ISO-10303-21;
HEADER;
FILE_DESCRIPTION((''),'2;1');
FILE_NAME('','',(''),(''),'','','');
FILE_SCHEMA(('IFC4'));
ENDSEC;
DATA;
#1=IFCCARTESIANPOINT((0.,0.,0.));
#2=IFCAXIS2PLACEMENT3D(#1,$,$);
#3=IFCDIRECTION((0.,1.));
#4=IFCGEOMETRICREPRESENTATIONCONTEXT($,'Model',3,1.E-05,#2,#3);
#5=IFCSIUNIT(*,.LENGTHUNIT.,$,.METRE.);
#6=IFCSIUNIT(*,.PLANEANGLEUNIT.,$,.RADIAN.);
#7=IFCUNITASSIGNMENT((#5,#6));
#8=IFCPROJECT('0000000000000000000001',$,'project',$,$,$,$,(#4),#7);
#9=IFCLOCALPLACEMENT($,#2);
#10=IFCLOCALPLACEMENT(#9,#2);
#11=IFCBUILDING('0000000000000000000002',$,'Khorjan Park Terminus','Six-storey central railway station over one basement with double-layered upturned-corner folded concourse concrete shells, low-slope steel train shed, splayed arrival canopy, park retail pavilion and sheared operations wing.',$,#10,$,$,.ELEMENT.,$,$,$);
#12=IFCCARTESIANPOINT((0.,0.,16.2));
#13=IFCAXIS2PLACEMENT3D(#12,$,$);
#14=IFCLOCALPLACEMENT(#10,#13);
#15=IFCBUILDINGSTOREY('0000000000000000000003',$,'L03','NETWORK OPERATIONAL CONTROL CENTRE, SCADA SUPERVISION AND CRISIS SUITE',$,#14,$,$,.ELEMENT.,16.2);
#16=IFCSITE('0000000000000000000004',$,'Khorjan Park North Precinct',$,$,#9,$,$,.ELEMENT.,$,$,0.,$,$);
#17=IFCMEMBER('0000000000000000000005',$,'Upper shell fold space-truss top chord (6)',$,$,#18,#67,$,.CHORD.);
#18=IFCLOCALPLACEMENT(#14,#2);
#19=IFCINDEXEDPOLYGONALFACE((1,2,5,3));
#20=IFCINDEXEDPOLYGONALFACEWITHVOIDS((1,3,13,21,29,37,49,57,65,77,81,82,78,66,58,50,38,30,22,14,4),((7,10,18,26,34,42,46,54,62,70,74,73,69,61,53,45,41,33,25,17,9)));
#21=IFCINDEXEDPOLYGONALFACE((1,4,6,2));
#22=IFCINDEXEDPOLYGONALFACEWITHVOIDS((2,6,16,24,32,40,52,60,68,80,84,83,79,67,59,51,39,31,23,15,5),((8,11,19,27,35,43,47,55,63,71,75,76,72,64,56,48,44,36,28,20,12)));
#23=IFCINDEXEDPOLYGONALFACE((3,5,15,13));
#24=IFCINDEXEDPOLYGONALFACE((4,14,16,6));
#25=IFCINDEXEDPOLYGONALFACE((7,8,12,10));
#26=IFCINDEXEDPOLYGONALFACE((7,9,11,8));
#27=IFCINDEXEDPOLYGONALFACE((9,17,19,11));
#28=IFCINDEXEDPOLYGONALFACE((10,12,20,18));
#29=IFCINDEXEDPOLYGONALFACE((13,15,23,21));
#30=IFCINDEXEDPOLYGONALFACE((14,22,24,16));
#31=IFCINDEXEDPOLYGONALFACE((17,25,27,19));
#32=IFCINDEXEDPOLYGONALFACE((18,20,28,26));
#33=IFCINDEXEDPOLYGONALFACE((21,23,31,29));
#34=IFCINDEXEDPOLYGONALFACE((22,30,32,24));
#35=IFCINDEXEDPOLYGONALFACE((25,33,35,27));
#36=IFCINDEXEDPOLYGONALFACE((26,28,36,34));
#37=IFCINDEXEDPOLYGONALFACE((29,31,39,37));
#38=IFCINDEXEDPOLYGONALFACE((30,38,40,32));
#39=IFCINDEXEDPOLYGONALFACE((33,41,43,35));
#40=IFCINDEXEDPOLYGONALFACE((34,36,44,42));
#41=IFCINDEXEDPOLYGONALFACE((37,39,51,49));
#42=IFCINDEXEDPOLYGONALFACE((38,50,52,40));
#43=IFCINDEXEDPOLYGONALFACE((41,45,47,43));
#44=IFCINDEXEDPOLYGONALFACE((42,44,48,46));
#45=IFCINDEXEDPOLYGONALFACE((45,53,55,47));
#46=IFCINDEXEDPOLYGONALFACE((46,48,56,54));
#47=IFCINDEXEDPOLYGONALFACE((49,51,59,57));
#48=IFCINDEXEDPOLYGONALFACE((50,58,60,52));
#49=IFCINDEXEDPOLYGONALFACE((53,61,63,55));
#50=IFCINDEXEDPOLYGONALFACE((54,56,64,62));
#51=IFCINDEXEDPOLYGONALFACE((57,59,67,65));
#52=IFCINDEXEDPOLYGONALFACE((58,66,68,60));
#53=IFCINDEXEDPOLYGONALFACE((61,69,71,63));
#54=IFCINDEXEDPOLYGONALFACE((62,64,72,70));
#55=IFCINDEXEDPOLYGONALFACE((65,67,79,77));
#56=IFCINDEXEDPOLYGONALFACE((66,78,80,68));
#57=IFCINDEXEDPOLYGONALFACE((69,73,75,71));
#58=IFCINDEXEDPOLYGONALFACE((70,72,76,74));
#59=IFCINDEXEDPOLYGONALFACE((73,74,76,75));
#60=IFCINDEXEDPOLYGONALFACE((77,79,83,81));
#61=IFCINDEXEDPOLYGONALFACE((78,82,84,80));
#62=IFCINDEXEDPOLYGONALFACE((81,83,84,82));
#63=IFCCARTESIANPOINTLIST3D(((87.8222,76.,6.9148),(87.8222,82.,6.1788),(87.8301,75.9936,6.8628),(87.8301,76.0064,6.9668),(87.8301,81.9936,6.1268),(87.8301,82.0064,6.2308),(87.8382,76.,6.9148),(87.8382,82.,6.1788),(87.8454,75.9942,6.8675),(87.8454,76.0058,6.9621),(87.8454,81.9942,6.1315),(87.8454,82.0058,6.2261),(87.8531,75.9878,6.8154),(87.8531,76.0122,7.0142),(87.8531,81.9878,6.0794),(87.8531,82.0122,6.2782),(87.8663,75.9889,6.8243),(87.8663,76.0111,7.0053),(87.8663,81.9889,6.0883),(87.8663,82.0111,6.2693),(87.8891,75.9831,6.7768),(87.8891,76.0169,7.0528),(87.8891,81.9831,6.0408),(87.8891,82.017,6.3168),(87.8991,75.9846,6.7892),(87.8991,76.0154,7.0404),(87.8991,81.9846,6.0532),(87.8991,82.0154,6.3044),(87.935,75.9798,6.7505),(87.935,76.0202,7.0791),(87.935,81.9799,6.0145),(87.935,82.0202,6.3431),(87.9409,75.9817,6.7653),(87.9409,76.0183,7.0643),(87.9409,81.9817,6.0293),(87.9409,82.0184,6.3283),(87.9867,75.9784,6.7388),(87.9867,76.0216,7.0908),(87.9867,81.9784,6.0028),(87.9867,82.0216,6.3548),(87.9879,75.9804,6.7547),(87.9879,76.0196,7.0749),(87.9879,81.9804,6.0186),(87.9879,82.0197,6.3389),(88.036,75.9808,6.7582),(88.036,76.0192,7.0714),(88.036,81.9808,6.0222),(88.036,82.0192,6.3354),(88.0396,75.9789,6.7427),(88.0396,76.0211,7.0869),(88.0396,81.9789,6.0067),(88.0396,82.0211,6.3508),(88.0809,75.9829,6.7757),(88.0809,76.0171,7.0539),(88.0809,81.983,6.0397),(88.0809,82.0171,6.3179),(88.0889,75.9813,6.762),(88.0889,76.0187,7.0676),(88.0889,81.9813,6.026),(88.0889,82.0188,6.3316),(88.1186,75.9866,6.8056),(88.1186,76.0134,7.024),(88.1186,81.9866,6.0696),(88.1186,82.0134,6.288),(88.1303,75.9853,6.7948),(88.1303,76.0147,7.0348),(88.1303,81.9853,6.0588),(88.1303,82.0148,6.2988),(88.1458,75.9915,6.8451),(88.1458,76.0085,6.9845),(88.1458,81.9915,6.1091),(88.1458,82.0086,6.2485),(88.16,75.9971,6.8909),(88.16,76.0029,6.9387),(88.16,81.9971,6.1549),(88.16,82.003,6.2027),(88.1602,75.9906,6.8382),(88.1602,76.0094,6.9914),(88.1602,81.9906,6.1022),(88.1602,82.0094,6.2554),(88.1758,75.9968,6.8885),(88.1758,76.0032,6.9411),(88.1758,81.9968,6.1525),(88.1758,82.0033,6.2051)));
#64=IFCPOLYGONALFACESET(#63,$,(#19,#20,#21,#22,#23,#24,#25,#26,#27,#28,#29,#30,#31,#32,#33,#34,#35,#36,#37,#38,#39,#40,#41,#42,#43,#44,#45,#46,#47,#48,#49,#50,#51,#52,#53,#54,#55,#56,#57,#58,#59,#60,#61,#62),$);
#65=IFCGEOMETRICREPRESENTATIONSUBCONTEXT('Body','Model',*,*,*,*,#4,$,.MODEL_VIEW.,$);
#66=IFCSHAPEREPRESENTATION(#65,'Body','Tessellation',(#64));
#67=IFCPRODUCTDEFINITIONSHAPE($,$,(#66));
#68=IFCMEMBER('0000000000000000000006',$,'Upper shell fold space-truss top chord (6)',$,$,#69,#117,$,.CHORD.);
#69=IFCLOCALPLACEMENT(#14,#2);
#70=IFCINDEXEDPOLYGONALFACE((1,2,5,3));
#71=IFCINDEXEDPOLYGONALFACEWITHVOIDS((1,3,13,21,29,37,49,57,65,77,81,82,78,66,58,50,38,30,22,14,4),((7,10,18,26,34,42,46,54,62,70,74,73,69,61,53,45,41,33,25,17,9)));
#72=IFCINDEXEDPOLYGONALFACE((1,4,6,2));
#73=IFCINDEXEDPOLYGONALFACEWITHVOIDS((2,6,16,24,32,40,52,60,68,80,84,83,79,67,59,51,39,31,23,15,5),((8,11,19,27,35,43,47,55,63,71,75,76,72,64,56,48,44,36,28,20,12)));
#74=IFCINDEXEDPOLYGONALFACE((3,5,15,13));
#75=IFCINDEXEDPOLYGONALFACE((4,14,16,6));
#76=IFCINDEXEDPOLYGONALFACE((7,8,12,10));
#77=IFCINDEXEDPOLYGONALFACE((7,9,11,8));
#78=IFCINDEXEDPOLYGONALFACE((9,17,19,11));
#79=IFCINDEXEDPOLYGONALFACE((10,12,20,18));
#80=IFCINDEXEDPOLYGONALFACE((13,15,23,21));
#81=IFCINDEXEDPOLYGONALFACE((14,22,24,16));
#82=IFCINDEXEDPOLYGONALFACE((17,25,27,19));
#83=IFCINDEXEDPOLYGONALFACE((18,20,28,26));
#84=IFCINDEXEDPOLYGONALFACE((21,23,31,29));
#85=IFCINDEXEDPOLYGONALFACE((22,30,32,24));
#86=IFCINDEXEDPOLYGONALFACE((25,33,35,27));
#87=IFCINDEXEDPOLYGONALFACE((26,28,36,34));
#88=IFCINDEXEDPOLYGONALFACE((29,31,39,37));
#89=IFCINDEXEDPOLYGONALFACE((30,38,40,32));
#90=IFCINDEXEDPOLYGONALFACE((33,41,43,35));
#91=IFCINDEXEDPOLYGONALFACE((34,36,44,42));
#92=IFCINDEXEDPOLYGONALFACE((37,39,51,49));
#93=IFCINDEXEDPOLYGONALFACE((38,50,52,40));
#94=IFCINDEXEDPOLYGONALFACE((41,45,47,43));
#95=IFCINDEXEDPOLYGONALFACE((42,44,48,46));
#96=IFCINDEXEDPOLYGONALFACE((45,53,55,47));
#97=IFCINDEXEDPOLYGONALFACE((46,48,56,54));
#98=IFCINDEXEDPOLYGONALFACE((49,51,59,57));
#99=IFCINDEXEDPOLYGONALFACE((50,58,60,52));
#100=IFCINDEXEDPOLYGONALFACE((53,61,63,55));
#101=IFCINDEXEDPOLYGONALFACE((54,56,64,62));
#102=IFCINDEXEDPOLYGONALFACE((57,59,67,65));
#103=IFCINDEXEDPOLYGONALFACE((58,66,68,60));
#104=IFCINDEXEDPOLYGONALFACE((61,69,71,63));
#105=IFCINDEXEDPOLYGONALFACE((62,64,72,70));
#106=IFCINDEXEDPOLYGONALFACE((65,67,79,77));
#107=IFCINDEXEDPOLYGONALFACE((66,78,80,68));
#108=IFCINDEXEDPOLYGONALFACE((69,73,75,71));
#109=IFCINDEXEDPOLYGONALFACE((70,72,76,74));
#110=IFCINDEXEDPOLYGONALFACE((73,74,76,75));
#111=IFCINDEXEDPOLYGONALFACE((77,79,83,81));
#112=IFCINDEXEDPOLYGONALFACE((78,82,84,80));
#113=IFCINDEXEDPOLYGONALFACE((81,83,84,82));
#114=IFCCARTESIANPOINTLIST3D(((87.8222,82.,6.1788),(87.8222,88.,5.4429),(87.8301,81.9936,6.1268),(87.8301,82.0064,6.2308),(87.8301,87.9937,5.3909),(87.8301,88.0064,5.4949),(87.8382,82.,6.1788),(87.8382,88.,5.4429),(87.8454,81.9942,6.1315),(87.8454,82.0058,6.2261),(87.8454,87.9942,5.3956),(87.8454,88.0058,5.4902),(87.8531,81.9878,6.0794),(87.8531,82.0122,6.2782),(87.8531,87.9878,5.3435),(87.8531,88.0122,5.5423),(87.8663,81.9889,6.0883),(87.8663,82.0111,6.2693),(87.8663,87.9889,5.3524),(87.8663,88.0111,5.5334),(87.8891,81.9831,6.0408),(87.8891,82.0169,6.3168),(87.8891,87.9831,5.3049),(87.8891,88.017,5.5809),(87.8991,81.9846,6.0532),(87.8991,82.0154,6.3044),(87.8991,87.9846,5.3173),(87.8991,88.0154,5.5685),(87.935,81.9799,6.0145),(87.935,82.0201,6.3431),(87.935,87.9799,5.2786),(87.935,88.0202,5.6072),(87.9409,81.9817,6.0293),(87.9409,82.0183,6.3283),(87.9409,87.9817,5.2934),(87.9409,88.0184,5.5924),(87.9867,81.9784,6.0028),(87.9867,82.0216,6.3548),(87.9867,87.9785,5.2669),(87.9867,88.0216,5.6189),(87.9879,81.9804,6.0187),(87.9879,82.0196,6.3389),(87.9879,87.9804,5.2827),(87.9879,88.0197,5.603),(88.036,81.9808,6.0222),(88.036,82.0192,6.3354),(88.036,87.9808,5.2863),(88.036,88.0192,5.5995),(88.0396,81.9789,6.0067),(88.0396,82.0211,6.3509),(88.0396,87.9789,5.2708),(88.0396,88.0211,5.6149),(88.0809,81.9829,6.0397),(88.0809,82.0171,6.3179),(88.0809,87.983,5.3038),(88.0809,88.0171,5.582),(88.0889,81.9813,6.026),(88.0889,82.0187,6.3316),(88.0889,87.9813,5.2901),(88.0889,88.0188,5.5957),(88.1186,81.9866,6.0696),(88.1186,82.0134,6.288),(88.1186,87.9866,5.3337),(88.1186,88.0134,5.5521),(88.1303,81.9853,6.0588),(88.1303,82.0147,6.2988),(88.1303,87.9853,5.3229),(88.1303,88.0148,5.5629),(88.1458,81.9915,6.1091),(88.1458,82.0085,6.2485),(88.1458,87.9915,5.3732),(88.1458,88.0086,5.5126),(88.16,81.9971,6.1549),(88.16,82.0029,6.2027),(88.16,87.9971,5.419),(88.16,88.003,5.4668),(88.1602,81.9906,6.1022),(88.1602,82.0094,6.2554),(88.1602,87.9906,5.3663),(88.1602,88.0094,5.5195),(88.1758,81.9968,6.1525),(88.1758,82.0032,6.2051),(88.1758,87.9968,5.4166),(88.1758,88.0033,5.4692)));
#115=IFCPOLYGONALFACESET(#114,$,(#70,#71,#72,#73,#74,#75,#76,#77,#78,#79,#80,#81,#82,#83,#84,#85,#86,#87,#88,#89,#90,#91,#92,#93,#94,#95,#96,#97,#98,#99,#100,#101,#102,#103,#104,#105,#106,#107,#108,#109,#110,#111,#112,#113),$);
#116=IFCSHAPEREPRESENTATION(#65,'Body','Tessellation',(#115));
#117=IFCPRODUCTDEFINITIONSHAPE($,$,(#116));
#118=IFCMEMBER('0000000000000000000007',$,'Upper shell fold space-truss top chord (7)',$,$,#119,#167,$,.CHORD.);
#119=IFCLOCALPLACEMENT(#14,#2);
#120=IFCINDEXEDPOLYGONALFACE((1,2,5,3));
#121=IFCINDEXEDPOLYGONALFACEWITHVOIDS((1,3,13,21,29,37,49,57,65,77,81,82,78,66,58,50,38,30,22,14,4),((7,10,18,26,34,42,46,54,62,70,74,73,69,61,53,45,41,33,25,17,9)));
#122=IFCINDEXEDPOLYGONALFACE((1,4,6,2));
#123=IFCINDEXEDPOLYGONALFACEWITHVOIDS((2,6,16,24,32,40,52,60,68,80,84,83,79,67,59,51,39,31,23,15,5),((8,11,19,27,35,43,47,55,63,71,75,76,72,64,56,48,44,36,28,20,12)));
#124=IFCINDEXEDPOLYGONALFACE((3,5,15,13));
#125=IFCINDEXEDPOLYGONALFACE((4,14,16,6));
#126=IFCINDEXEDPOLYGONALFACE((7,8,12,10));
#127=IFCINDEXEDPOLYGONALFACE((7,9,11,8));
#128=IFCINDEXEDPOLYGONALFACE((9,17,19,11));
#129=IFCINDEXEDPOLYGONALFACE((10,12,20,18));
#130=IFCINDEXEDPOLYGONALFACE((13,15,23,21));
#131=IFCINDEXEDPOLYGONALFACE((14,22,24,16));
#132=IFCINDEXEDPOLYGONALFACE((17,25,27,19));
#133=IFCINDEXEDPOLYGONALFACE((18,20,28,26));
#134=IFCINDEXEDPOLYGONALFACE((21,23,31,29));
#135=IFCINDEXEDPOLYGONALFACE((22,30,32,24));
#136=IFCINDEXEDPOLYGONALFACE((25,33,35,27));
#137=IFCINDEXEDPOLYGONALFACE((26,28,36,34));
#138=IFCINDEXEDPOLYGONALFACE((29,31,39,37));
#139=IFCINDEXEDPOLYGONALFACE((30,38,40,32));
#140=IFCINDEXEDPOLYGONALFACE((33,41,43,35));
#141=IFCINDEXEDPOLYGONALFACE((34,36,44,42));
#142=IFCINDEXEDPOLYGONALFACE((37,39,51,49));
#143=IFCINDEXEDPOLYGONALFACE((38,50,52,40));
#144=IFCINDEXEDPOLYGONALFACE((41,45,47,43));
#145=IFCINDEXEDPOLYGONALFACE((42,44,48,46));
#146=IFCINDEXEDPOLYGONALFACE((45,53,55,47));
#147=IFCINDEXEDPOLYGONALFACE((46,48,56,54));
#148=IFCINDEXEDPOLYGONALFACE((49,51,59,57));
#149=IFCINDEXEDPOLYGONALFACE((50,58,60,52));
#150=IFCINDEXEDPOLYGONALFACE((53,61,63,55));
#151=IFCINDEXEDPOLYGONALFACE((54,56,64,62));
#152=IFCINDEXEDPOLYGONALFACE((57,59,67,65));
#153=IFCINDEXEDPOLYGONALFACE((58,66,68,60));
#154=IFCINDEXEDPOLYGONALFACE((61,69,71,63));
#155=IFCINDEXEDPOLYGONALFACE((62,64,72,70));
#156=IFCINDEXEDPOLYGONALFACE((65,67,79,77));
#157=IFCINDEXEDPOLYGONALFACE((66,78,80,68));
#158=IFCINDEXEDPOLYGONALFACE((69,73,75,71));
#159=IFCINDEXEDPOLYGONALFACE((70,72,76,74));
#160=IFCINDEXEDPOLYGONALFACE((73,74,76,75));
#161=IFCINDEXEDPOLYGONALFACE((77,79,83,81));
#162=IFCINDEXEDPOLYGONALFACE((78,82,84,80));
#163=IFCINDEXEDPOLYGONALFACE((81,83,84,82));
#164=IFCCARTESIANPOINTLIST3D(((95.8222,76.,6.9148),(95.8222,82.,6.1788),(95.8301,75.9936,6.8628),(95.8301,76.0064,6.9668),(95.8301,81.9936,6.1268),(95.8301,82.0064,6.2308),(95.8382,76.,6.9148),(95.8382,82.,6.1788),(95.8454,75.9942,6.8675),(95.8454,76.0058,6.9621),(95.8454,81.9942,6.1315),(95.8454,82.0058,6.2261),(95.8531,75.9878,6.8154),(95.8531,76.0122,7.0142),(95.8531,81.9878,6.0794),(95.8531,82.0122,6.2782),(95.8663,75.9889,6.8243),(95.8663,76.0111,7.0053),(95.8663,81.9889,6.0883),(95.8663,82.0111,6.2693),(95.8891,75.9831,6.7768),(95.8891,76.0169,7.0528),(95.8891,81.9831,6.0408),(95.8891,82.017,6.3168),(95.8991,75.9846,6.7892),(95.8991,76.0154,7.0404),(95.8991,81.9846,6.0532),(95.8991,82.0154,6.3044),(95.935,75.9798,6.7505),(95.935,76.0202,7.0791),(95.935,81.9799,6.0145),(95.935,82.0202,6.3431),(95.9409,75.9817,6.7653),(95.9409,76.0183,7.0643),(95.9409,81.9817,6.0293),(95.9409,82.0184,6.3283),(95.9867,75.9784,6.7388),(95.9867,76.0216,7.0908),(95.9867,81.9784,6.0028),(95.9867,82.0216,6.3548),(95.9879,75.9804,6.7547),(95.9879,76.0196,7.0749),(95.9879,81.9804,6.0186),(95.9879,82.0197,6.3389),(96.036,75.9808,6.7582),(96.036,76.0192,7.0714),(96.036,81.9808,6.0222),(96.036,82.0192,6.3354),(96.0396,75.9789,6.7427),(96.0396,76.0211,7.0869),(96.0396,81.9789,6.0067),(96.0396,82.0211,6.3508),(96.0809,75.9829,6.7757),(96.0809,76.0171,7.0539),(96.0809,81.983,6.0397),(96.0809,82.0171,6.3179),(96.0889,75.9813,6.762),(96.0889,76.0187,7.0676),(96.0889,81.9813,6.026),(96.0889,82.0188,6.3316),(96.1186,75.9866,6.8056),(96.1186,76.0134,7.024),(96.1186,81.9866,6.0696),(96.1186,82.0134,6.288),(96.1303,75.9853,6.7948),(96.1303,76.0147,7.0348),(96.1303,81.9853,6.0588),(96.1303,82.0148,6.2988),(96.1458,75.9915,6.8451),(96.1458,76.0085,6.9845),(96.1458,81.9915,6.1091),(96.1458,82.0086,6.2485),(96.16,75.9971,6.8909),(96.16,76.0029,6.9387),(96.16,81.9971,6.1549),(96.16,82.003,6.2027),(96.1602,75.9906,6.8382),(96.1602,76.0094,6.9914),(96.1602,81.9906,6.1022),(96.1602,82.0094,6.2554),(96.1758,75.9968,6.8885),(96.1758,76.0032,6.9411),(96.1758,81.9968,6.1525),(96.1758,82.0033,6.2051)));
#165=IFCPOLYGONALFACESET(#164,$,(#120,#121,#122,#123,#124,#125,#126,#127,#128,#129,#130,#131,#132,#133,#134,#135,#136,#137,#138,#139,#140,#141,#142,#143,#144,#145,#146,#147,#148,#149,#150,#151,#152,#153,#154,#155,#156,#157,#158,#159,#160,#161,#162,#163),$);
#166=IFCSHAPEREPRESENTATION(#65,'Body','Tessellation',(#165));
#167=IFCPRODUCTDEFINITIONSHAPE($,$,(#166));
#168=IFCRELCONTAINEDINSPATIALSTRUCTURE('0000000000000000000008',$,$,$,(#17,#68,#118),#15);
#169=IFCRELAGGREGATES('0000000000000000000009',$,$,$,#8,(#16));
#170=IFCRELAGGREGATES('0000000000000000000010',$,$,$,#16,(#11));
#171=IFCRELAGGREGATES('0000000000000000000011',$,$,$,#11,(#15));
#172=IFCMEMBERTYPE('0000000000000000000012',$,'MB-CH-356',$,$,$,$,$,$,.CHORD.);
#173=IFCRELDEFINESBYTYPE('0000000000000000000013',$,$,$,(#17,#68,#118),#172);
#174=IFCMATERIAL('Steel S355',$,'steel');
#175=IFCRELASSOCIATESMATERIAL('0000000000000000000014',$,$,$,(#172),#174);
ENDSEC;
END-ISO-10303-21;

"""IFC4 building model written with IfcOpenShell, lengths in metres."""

from ifc_helpers import new_model, si_unit, direction, frame, origin, origin_2d, place, context, subcontext, project, spatial, hollow_circle, extrude, material, material_profile, profile_set, type_object, element, save


model = new_model("IFC4")

# Units and contexts
model_context = context("Model", 3, precision=1e-05, world=origin(), true_north=direction((0.0, 1.0)))
body_context = subcontext(model_context, "Body", "Model", "MODEL_VIEW")
ifc_project = project(units=[si_unit("LENGTHUNIT", "METRE"), si_unit("PLANEANGLEUNIT", "RADIAN")], contexts=[model_context])

# Site, building, storey
site_placement = place(None, origin())
site = spatial("IfcSite", under=ifc_project, at=site_placement, Name="Khorjan Park North Precinct", CompositionType="ELEMENT", RefElevation=0.0)
building_placement = place(site_placement, origin())
building = spatial("IfcBuilding", under=site, at=building_placement, Name="Khorjan Park Terminus", Description="Six-storey central railway station over one basement with double-layered upturned-corner folded concourse concrete shells, low-slope steel train shed, splayed arrival canopy, park retail pavilion and sheared operations wing.", CompositionType="ELEMENT")
storey_placement = place(building_placement, frame((0.0, 0.0, 16.2)))
storey = spatial("IfcBuildingStorey", under=building, at=storey_placement, Name="L03", Description="NETWORK OPERATIONAL CONTROL CENTRE, SCADA SUPERVISION AND CRISIS SUITE", CompositionType="ELEMENT", Elevation=16.2)

# Members
ifc_material = material(Name="Steel S355", Category="steel")
ifc_material_profile_1 = material_profile(ifc_material, hollow_circle(Radius=0.1778, WallThickness=0.016, at=origin_2d()), Name="CHS 355.6x16")
ifc_profile_set_1 = profile_set([ifc_material_profile_1], Name="Steel S355")
member_type_1 = type_object("IfcMemberType", Name="MB-CH-356", PredefinedType="CHORD", material=ifc_profile_set_1)
for number, where, z_axis, x_axis, name in (
    (1, (88.0, 76.0, 6.9148), (0.0, 0.99256, -0.121754), (-1.0, 0.0, 0.0), "Upper shell fold space-truss top chord (6)"),
    (2, (88.0, 82.0, 6.1788), (0.0, 0.992562, -0.121738), (-1.0, 0.0, 0.0), "Upper shell fold space-truss top chord (6)"),
    (3, (96.0, 76.0, 6.9148), (0.0, 0.99256, -0.121754), (-1.0, 0.0, 0.0), "Upper shell fold space-truss top chord (7)"),
):
    element("IfcMember", number, at=place(storey_placement, frame(where, z_axis=z_axis, x_axis=x_axis)), inside=storey, type_object=member_type_1, Name=name, PredefinedType="CHORD", context=body_context, shape_type="SweptSolid", body=[
        extrude(hollow_circle(Radius=0.1778, WallThickness=0.016, at=origin_2d()), origin(), (0.0, 0.0, 1.0), 6.045),
    ])

save(model, "model.ifc")
